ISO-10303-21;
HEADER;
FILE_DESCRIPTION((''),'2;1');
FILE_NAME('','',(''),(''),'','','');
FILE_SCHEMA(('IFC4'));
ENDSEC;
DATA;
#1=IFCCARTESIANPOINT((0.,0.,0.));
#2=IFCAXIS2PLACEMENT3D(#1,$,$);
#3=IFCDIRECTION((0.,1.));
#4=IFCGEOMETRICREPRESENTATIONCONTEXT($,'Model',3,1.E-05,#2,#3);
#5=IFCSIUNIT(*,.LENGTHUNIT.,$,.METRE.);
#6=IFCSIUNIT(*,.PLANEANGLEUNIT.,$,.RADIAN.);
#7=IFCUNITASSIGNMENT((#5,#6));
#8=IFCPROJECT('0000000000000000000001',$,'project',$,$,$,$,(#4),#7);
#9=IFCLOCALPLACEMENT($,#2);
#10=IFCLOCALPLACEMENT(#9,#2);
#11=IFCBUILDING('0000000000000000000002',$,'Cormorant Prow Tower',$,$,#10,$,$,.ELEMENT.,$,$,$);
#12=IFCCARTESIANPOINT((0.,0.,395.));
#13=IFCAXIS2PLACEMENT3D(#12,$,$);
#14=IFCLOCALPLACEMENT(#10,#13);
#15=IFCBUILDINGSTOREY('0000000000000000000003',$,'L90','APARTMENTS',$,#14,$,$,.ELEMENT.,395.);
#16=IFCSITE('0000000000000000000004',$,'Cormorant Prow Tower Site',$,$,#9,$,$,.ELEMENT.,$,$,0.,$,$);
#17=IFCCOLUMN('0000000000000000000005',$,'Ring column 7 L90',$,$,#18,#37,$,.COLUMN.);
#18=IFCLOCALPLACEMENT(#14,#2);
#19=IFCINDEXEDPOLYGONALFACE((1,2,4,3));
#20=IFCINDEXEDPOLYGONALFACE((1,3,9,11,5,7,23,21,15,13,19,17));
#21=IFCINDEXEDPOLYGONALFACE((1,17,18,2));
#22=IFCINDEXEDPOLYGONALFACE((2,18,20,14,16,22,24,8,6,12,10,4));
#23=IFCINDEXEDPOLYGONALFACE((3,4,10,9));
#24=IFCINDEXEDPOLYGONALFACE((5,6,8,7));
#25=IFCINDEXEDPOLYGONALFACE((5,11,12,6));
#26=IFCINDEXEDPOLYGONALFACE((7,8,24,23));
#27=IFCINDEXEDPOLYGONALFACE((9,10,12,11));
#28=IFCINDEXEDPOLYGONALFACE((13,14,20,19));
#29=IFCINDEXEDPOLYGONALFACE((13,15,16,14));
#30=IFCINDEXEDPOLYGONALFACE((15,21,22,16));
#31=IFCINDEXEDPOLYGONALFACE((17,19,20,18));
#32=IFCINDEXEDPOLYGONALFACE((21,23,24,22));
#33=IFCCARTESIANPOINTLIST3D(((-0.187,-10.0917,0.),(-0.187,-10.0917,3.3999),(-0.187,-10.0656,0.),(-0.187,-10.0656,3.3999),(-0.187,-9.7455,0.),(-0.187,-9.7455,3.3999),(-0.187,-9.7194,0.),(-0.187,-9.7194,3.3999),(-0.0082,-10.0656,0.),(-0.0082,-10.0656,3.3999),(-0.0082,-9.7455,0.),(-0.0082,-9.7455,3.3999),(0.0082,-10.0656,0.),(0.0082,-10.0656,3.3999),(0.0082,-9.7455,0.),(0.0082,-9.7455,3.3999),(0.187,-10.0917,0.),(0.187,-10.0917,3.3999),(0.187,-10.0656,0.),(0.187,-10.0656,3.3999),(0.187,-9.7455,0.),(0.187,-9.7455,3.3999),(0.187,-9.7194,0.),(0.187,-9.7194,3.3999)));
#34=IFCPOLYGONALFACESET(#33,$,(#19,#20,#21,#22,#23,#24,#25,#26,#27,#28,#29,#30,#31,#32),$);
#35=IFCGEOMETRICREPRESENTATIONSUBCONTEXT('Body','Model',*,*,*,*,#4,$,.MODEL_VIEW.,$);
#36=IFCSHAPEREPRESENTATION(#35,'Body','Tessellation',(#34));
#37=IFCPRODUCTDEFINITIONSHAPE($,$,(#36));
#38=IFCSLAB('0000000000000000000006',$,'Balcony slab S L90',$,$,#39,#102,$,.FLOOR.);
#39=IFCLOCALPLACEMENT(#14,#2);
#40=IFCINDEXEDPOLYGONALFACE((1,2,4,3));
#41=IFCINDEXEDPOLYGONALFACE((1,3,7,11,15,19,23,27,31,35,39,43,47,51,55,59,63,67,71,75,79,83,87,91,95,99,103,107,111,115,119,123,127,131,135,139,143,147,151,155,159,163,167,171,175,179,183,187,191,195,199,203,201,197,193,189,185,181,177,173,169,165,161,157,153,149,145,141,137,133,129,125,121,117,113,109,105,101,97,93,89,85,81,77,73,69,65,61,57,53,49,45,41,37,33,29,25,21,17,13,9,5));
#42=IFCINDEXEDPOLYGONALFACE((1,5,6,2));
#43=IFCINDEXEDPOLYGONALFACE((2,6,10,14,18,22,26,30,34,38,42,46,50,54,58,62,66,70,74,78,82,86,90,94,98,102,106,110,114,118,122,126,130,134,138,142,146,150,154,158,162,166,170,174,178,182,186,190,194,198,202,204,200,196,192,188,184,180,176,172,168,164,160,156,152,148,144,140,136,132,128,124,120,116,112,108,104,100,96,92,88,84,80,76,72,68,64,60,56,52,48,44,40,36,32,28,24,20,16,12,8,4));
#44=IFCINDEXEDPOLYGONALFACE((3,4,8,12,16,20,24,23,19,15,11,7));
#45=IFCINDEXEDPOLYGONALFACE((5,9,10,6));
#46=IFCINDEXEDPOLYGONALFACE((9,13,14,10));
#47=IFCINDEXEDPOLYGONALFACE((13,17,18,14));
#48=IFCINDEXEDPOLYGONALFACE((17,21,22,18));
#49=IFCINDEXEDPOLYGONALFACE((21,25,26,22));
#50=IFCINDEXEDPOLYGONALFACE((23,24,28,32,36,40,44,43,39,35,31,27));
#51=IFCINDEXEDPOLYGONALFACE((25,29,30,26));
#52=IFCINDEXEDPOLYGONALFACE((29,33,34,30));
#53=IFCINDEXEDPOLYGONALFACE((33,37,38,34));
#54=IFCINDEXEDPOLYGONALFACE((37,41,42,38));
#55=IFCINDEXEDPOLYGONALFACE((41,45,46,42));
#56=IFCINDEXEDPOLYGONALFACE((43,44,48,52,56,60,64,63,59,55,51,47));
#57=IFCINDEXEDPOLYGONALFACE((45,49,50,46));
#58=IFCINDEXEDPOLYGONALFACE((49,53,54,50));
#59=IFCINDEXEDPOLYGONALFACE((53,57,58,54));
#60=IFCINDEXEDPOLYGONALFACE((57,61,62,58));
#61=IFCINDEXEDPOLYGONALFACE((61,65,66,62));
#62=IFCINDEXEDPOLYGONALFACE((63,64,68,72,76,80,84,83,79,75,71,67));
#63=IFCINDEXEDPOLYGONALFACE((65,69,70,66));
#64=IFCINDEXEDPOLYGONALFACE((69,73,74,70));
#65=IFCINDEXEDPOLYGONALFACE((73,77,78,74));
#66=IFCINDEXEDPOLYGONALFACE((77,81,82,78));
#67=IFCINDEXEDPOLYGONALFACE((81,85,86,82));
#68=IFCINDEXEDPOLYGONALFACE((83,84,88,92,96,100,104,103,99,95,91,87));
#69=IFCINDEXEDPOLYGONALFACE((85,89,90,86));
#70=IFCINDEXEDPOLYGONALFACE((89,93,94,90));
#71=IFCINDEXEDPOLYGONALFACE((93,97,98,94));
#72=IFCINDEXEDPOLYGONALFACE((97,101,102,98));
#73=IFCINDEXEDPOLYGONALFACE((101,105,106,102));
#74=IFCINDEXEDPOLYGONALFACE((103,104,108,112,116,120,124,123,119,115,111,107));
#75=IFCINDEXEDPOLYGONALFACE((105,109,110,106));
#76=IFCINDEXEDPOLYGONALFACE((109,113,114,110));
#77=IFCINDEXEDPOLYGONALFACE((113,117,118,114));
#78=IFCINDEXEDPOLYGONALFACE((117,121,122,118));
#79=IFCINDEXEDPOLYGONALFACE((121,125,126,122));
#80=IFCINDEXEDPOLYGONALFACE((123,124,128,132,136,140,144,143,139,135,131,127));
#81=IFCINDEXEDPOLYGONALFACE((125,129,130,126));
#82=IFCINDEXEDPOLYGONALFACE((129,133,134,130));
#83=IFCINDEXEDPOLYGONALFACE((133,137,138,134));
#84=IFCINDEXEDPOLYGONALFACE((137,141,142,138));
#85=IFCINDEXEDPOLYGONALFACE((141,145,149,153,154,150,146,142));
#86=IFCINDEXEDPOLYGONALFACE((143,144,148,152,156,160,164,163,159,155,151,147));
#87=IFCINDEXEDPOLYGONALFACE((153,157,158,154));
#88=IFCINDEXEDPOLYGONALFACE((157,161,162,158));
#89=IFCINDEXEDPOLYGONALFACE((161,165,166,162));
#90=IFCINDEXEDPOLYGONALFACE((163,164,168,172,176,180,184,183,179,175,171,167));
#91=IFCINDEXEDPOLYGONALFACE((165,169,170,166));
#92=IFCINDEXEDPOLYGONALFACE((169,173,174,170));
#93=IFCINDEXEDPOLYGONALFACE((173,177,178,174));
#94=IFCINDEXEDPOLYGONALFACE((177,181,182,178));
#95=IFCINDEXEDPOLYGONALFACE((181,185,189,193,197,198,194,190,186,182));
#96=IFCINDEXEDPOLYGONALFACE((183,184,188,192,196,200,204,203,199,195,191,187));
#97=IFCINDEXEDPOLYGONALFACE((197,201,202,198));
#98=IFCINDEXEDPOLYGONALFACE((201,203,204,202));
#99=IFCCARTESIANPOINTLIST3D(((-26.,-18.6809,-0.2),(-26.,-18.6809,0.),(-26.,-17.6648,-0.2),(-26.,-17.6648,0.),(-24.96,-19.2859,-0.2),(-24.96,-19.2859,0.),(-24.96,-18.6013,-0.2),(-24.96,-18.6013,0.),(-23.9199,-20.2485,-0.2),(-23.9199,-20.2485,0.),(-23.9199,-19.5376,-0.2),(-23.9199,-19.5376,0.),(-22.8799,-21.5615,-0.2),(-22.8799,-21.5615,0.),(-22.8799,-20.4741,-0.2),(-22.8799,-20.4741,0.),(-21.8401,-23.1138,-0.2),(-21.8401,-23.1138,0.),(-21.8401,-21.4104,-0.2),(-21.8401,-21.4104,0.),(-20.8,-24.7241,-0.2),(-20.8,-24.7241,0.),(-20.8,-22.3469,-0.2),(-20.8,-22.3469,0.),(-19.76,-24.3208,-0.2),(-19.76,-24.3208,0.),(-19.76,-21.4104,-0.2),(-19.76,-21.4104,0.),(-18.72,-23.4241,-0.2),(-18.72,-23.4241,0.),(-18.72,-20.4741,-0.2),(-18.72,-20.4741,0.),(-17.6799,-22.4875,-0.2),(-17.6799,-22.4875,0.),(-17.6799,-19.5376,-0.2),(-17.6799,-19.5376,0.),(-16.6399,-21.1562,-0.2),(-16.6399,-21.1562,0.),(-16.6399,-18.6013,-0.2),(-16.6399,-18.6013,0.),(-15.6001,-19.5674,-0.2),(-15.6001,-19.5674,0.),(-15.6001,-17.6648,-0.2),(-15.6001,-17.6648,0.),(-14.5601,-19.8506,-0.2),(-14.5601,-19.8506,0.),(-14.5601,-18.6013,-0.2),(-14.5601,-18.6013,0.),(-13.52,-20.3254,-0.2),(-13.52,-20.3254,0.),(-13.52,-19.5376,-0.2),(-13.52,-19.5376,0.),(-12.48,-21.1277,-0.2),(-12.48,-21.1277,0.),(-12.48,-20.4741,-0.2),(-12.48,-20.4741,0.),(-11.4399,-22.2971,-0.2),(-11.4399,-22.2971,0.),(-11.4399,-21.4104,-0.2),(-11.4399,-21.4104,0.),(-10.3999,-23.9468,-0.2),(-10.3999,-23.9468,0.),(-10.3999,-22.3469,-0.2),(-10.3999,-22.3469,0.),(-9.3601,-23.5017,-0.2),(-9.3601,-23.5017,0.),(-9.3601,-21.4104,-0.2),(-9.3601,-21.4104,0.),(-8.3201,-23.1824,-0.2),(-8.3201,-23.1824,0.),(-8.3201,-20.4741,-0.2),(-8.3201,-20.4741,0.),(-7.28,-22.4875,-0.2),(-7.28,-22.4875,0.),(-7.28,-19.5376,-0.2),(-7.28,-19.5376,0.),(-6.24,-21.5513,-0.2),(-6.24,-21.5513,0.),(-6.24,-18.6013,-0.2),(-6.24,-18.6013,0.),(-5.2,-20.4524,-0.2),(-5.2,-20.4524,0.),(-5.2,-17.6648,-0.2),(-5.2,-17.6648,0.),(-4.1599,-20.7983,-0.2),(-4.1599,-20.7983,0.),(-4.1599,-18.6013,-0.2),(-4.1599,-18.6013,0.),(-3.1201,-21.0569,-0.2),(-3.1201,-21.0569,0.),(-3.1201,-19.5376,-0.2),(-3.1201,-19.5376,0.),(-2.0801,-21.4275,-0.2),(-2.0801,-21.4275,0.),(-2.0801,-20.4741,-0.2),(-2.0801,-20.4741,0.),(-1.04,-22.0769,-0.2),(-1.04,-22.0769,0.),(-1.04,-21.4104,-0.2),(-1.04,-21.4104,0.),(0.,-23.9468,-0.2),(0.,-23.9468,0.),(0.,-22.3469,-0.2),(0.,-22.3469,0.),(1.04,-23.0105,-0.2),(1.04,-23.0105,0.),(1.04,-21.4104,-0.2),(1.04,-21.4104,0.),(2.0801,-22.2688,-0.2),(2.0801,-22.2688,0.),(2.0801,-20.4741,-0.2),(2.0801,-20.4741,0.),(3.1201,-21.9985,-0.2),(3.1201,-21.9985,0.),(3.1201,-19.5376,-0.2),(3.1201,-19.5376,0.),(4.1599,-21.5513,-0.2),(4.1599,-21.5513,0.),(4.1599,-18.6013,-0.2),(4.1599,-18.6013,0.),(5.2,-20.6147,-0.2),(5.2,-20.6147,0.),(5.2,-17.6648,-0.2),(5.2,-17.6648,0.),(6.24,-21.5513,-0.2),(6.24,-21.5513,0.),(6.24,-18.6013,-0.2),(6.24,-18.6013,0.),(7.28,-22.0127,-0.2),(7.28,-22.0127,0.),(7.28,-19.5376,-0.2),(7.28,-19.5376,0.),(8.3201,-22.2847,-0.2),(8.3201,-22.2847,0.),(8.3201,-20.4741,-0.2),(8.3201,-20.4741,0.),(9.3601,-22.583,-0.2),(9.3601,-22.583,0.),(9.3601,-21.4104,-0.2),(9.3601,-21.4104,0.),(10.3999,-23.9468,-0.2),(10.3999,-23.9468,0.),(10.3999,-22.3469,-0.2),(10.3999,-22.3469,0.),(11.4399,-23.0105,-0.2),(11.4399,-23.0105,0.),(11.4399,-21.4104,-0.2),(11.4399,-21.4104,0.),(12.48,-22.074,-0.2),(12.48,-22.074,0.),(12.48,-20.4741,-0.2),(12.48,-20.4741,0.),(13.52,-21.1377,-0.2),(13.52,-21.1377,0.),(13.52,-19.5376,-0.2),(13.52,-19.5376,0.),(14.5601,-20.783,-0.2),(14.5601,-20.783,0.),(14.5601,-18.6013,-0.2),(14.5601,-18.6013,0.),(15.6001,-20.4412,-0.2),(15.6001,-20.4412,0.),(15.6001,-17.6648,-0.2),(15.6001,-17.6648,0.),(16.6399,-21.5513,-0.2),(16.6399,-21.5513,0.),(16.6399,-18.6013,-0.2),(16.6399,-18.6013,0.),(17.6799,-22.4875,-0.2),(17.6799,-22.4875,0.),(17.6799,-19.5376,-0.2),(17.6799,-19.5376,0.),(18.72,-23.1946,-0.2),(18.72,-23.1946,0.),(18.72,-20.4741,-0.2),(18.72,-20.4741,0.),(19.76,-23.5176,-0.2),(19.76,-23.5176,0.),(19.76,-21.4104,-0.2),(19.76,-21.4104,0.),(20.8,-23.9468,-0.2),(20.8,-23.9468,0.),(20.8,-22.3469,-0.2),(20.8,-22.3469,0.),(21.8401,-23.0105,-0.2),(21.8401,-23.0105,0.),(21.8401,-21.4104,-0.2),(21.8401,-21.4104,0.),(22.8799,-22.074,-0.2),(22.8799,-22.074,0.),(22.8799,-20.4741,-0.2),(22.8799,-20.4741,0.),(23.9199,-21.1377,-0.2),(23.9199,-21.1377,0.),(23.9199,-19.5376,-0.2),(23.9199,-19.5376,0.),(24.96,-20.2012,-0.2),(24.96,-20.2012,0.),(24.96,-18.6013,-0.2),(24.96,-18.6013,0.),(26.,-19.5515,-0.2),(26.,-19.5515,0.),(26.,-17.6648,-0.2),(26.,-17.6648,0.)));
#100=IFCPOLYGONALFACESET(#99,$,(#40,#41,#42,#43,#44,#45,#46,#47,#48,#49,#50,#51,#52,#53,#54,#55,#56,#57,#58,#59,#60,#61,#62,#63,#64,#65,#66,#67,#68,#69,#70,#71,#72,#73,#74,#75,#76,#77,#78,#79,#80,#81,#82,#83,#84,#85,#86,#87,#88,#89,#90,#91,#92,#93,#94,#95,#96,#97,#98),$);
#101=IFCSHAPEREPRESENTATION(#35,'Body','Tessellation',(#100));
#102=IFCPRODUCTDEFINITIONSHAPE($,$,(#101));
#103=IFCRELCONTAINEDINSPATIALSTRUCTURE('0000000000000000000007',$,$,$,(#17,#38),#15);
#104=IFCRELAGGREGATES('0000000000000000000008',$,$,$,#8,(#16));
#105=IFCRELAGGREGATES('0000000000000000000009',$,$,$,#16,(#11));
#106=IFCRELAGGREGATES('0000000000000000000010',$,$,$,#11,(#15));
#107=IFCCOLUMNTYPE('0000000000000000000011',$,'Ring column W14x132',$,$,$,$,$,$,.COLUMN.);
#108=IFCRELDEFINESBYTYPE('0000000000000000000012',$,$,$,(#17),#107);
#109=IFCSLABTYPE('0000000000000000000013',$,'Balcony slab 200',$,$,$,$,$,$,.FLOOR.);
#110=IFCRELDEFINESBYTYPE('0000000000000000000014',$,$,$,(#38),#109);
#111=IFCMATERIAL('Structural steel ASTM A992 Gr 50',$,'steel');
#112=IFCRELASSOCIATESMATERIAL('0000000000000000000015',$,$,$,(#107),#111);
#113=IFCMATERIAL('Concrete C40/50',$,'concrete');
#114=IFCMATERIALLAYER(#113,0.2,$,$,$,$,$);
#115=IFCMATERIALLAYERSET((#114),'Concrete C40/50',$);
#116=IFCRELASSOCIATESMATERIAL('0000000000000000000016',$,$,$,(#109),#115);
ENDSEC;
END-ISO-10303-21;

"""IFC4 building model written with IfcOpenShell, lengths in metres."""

from ifc_helpers import new_model, si_unit, direction, frame, origin, origin_2d, place, context, subcontext, project, spatial, polyline, i_section, outline, extrude, material, layer, layer_set, material_profile, profile_set, type_object, element, save


model = new_model("IFC4")

# Units and contexts
model_context = context("Model", 3, precision=1e-05, world=origin(), true_north=direction((0.0, 1.0)))
body_context = subcontext(model_context, "Body", "Model", "MODEL_VIEW")
ifc_project = project(units=[si_unit("LENGTHUNIT", "METRE"), si_unit("PLANEANGLEUNIT", "RADIAN")], contexts=[model_context])

# Site, building, storey
site_placement = place(None, origin())
site = spatial("IfcSite", under=ifc_project, at=site_placement, Name="Cormorant Prow Tower Site", CompositionType="ELEMENT", RefElevation=0.0)
building_placement = place(site_placement, origin())
building = spatial("IfcBuilding", under=site, at=building_placement, Name="Cormorant Prow Tower", CompositionType="ELEMENT")
storey_placement = place(building_placement, frame((0.0, 0.0, 395.0)))
storey = spatial("IfcBuildingStorey", under=building, at=storey_placement, Name="L90", Description="APARTMENTS", CompositionType="ELEMENT", Elevation=395.0)

# Column
ifc_material_1 = material(Name="Structural steel ASTM A992 Gr 50", Category="steel")
ifc_material_profile = material_profile(ifc_material_1, i_section(OverallWidth=0.374, OverallDepth=0.3723, WebThickness=0.0164, FlangeThickness=0.0261, at=origin_2d()), Name="W14x132")
ifc_profile_set = profile_set([ifc_material_profile], Name="Structural steel ASTM A992 Gr 50")
column_type = type_object("IfcColumnType", Name="Ring column W14x132", PredefinedType="COLUMN", material=ifc_profile_set)
column_placement = place(storey_placement, frame((0.0, -9.9055, 0.0), z_axis=(0.0, 0.0, 1.0), x_axis=(1.0, 0.0, 0.0)))
element("IfcColumn", 1, at=column_placement, inside=storey, type_object=column_type, Name="Ring column 7 L90", PredefinedType="COLUMN", context=body_context, shape_type="SweptSolid", body=[
    extrude(i_section(OverallWidth=0.374, OverallDepth=0.3723, WebThickness=0.0164, FlangeThickness=0.0261, at=origin_2d()), origin(), (0.0, 0.0, 1.0), 3.3999),
])

# Slab
ifc_material_2 = material(Name="Concrete C40/50", Category="concrete")
ifc_layer_1 = layer(ifc_material_2, 0.2)
ifc_layer_set_1 = layer_set([ifc_layer_1], Name="Concrete C40/50")
slab_type_1 = type_object("IfcSlabType", Name="Balcony slab 200", PredefinedType="FLOOR", material=ifc_layer_set_1)
slab_1_placement = place(storey_placement, frame((0.0, 0.0, -0.2)))
element("IfcSlab", 2, at=slab_1_placement, inside=storey, type_object=slab_type_1, Name="Balcony slab S L90", PredefinedType="FLOOR", context=body_context, shape_type="SweptSolid", body=[
    extrude(outline(polyline([(-26.0, -17.6648), (-26.0, -18.6809), (-24.96, -19.2859), (-23.9199, -20.2485), (-22.8799, -21.5615), (-21.8401, -23.1138), (-20.8, -24.7241), (-19.76, -24.3208), (-18.72, -23.4241), (-17.6799, -22.4875), (-16.6399, -21.1562), (-15.6001, -19.5674), (-14.5601, -19.8506), (-13.52, -20.3254), (-12.48, -21.1277), (-11.4399, -22.2971), (-10.3999, -23.9468), (-9.3601, -23.5017), (-8.3201, -23.1824), (-7.28, -22.4875), (-6.24, -21.5513), (-5.2, -20.4524), (-4.1599, -20.7983), (-3.1201, -21.0569), (-2.0801, -21.4275), (-1.04, -22.0769), (0.0, -23.9468), (1.04, -23.0105), (2.0801, -22.2688), (3.1201, -21.9985), (4.1599, -21.5513), (5.2, -20.6147), (6.24, -21.5513), (7.28, -22.0127), (8.3201, -22.2847), (9.3601, -22.583), (10.3999, -23.9468), (11.4399, -23.0105), (12.48, -22.074), (13.52, -21.1377), (14.5601, -20.783), (15.6001, -20.4412), (16.6399, -21.5513), (17.6799, -22.4875), (18.72, -23.1946), (19.76, -23.5176), (20.8, -23.9468), (21.8401, -23.0105), (22.8799, -22.074), (23.9199, -21.1377), (24.96, -20.2012), (26.0, -19.5515), (26.0, -17.6648), (24.96, -18.6013), (23.9199, -19.5376), (22.8799, -20.4741), (21.8401, -21.4104), (20.8, -22.3469), (19.76, -21.4104), (18.72, -20.4741), (17.6799, -19.5376), (16.6399, -18.6013), (15.6001, -17.6648), (14.5601, -18.6013), (13.52, -19.5376), (12.48, -20.4741), (11.4399, -21.4104), (10.3999, -22.3469), (9.3601, -21.4104), (8.3201, -20.4741), (7.28, -19.5376), (6.24, -18.6013), (5.2, -17.6648), (4.1599, -18.6013), (3.1201, -19.5376), (2.0801, -20.4741), (1.04, -21.4104), (0.0, -22.3469), (-1.04, -21.4104), (-2.0801, -20.4741), (-3.1201, -19.5376), (-4.1599, -18.6013), (-5.2, -17.6648), (-6.24, -18.6013), (-7.28, -19.5376), (-8.3201, -20.4741), (-9.3601, -21.4104), (-10.3999, -22.3469), (-11.4399, -21.4104), (-12.48, -20.4741), (-13.52, -19.5376), (-14.5601, -18.6013), (-15.6001, -17.6648), (-16.6399, -18.6013), (-17.6799, -19.5376), (-18.72, -20.4741), (-19.76, -21.4104), (-20.8, -22.3469), (-21.8401, -21.4104), (-22.8799, -20.4741), (-23.9199, -19.5376), (-24.96, -18.6013), (-26.0, -17.6648)])), origin(), (0.0, 0.0, 1.0), 0.2),
])

save(model, "model.ifc")
